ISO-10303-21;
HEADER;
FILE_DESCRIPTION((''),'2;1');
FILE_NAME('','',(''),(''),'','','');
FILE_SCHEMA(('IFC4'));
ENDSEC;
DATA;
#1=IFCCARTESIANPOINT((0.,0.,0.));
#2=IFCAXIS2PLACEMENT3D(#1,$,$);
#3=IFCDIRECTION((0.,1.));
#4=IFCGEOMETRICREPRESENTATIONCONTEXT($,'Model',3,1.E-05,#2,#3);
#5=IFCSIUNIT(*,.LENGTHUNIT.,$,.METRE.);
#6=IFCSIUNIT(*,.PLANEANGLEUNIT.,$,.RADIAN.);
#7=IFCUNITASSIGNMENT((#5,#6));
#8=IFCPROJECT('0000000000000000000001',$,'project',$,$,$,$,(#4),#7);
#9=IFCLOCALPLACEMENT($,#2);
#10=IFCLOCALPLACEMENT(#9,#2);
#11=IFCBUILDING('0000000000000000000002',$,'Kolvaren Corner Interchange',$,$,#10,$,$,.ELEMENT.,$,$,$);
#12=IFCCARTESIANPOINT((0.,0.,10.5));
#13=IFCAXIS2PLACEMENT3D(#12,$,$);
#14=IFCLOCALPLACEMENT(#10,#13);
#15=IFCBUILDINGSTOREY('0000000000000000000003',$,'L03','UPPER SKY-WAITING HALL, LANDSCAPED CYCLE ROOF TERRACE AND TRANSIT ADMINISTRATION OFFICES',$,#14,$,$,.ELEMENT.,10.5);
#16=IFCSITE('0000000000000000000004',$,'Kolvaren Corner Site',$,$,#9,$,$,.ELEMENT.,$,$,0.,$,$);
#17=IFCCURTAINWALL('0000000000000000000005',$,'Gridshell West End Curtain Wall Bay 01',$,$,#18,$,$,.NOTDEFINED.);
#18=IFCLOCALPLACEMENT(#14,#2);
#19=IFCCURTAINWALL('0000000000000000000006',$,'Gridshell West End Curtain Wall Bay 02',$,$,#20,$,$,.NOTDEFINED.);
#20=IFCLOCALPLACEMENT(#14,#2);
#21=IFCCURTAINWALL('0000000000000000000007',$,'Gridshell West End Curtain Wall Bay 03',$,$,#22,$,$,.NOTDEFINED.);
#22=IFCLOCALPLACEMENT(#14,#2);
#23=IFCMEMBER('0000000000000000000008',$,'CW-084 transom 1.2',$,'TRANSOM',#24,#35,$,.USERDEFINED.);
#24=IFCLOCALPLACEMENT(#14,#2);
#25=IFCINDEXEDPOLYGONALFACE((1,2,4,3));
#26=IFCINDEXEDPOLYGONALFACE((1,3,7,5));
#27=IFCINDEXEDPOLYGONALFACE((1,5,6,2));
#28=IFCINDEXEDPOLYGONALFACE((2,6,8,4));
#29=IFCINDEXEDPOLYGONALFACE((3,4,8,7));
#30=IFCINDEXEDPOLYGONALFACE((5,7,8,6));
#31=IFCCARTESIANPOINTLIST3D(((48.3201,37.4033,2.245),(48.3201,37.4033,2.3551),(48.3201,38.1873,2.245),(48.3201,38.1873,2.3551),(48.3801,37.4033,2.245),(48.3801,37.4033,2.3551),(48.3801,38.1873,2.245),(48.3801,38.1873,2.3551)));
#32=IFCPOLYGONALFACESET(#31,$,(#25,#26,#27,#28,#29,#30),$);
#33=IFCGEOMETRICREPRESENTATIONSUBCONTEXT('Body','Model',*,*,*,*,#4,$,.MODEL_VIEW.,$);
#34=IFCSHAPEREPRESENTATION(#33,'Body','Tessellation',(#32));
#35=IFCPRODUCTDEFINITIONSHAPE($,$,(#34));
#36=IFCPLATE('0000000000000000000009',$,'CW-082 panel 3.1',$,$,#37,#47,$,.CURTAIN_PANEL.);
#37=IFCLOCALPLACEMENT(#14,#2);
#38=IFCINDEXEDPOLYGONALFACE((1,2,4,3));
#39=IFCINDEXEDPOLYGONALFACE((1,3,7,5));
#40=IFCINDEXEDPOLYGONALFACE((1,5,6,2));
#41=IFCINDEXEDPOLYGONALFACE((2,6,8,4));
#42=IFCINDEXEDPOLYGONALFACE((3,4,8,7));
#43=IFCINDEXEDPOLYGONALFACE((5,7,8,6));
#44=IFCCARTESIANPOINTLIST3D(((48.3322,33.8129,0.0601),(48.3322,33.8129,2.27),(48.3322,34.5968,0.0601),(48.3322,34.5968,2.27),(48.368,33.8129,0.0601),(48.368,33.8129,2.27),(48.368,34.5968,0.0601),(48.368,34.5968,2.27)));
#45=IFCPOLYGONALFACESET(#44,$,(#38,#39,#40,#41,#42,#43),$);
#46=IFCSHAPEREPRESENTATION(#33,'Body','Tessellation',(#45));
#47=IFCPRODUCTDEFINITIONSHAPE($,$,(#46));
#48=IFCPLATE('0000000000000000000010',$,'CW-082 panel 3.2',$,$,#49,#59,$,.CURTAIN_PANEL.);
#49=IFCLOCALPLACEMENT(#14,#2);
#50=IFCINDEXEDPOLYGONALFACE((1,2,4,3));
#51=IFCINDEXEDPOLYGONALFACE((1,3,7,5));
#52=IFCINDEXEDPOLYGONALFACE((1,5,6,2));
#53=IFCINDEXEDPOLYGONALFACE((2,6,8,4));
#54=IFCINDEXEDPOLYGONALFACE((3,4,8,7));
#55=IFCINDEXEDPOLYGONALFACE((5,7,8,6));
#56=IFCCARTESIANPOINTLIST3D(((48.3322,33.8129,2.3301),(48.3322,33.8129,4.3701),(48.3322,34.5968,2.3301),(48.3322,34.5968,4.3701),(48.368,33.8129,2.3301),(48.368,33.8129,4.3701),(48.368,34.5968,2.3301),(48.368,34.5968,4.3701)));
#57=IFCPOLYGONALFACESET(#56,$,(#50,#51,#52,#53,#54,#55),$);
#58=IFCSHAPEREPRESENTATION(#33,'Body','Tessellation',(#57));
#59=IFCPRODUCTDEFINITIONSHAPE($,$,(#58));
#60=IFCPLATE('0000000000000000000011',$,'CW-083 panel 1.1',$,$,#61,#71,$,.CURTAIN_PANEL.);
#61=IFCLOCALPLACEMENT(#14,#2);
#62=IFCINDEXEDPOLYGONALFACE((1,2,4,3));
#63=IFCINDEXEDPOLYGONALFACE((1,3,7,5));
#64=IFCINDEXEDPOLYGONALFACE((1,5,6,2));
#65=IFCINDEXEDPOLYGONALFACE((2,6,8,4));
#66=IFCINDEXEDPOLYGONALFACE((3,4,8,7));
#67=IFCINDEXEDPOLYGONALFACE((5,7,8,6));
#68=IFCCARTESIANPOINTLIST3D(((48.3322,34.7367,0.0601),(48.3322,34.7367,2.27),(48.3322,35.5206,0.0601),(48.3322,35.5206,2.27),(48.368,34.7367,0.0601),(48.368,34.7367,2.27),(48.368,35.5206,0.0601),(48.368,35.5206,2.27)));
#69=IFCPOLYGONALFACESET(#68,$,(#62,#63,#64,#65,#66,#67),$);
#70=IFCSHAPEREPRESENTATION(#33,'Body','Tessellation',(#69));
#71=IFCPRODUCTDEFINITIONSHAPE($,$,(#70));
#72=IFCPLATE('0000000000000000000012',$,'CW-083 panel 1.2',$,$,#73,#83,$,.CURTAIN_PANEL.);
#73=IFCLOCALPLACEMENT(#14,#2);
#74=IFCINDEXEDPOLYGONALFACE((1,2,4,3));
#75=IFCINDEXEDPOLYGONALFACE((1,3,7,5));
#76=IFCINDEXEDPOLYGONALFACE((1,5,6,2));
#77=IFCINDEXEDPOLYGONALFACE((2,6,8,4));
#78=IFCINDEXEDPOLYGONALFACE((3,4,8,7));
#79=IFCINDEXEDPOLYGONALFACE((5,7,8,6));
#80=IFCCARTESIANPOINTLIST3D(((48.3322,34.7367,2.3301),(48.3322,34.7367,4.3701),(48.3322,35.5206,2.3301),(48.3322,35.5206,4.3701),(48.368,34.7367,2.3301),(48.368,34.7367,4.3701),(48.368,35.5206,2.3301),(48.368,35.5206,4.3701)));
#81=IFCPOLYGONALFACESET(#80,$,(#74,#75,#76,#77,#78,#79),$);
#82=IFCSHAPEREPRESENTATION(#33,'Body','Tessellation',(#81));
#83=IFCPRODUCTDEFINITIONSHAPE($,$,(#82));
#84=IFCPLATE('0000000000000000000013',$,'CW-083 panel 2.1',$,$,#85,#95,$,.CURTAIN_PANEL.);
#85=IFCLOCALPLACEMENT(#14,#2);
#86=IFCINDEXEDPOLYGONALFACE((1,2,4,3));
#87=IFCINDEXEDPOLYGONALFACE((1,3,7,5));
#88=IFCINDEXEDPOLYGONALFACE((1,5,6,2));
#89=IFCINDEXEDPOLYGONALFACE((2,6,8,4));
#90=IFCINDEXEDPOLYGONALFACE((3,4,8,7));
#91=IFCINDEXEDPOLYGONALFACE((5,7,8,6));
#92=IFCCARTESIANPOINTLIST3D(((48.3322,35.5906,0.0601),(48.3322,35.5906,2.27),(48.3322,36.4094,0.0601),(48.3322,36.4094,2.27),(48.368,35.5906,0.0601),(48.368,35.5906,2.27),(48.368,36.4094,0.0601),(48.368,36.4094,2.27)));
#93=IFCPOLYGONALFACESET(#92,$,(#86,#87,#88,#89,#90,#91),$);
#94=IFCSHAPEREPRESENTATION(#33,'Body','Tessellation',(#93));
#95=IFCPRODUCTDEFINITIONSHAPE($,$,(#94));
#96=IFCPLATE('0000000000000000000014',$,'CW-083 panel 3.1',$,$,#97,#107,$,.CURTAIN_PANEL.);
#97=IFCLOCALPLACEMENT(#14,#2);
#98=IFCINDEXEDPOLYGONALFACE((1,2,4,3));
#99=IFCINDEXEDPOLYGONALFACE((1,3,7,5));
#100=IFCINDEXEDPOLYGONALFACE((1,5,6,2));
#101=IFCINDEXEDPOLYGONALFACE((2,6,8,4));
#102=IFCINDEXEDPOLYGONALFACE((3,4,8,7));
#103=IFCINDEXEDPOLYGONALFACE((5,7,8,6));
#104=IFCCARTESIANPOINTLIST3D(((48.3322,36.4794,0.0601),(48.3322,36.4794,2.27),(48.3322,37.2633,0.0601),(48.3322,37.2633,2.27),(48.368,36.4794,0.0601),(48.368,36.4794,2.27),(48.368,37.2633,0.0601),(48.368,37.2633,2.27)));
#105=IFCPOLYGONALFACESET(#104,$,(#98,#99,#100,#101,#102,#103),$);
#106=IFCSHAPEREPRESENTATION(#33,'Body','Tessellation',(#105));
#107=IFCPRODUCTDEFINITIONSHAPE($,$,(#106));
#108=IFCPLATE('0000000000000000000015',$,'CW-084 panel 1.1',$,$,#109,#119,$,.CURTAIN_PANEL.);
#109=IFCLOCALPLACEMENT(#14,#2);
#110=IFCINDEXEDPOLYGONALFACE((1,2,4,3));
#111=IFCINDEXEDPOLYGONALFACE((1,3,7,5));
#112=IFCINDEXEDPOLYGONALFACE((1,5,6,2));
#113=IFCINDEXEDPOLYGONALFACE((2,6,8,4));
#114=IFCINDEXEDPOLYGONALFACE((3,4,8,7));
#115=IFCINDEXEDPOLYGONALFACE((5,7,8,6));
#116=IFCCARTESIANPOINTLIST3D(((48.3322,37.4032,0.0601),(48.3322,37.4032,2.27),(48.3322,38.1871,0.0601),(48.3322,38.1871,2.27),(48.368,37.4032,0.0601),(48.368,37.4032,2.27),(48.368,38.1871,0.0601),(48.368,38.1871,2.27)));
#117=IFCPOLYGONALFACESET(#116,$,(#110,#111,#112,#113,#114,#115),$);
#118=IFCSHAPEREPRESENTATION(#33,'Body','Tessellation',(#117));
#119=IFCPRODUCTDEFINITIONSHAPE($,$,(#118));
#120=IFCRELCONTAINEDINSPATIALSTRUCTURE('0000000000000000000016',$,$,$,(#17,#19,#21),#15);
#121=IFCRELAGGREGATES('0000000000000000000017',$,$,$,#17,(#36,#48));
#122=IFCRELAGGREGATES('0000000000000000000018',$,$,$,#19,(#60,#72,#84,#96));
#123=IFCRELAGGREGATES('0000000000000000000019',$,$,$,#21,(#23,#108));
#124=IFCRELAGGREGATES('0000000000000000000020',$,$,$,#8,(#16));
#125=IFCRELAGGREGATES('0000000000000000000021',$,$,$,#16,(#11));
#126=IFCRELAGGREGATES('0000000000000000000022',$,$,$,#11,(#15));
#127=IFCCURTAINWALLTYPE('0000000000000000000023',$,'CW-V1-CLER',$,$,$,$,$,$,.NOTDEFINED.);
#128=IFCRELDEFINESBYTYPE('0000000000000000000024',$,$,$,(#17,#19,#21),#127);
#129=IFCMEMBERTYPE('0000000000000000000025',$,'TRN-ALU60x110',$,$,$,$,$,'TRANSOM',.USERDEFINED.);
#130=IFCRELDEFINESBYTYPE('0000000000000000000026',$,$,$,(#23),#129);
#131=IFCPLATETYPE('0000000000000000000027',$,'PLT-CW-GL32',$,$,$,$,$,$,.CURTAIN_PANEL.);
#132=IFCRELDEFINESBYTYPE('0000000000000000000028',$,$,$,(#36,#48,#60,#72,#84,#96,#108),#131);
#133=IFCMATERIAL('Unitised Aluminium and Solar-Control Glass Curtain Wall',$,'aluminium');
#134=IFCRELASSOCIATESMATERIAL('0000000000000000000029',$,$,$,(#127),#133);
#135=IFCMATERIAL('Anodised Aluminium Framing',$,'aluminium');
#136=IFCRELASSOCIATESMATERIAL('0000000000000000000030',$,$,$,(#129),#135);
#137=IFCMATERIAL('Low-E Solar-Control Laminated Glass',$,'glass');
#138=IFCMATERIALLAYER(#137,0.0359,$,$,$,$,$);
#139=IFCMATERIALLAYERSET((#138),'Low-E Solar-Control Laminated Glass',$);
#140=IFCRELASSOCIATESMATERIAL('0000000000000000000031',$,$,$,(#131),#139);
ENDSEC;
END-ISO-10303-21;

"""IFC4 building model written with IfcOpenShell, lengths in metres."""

from ifc_helpers import new_model, si_unit, direction, frame, origin, origin_2d, place, context, subcontext, project, spatial, rectangle, extrude, material, layer, layer_set, material_profile, profile_set, type_object, element, aggregate, save


model = new_model("IFC4")

# Units and contexts
model_context = context("Model", 3, precision=1e-05, world=origin(), true_north=direction((0.0, 1.0)))
body_context = subcontext(model_context, "Body", "Model", "MODEL_VIEW")
ifc_project = project(units=[si_unit("LENGTHUNIT", "METRE"), si_unit("PLANEANGLEUNIT", "RADIAN")], contexts=[model_context])

# Site, building, storey
site_placement = place(None, origin())
site = spatial("IfcSite", under=ifc_project, at=site_placement, Name="Kolvaren Corner Site", CompositionType="ELEMENT", RefElevation=0.0)
building_placement = place(site_placement, origin())
building = spatial("IfcBuilding", under=site, at=building_placement, Name="Kolvaren Corner Interchange", CompositionType="ELEMENT")
storey_placement = place(building_placement, frame((0.0, 0.0, 10.5)))
storey = spatial("IfcBuildingStorey", under=building, at=storey_placement, Name="L03", Description="UPPER SKY-WAITING HALL, LANDSCAPED CYCLE ROOF TERRACE AND TRANSIT ADMINISTRATION OFFICES", CompositionType="ELEMENT", Elevation=10.5)

# Curtain wall
ifc_material_1 = material(Name="Unitised Aluminium and Solar-Control Glass Curtain Wall", Category="aluminium")
curtain_wall_type = type_object("IfcCurtainWallType", Name="CW-V1-CLER", PredefinedType="NOTDEFINED", material=ifc_material_1)
curtain_wall_1_placement = place(storey_placement, origin())
curtain_wall_1 = element("IfcCurtainWall", 1, at=curtain_wall_1_placement, inside=storey, type_object=curtain_wall_type, Name="Gridshell West End Curtain Wall Bay 01", PredefinedType="NOTDEFINED")

# Curtain wall
curtain_wall_2_placement = place(storey_placement, origin())
curtain_wall_2 = element("IfcCurtainWall", 2, at=curtain_wall_2_placement, inside=storey, type_object=curtain_wall_type, Name="Gridshell West End Curtain Wall Bay 02", PredefinedType="NOTDEFINED")

# Curtain wall
curtain_wall_3_placement = place(storey_placement, origin())
curtain_wall_3 = element("IfcCurtainWall", 3, at=curtain_wall_3_placement, inside=storey, type_object=curtain_wall_type, Name="Gridshell West End Curtain Wall Bay 03", PredefinedType="NOTDEFINED")

# Member
ifc_material_2 = material(Name="Anodised Aluminium Framing", Category="aluminium")
ifc_material_profile_1 = material_profile(ifc_material_2, rectangle(XDim=0.0601, YDim=0.1101, at=origin_2d()), Name="ALU 60x110")
ifc_profile_set_1 = profile_set([ifc_material_profile_1], Name="Anodised Aluminium Framing")
member_type_1 = type_object("IfcMemberType", Name="TRN-ALU60x110", ElementType="TRANSOM", PredefinedType="USERDEFINED", material=ifc_profile_set_1)
member_1_placement = place(storey_placement, frame((48.3501, 37.4033, 2.3), z_axis=(0.0, 1.0, 0.0), x_axis=(-1.0, 0.0, 0.0)))
member_1 = element("IfcMember", 4, at=member_1_placement, type_object=member_type_1, Name="CW-084 transom 1.2", ObjectType="TRANSOM", PredefinedType="USERDEFINED", context=body_context, shape_type="SweptSolid", body=[
    extrude(rectangle(XDim=0.0601, YDim=0.1101, at=origin_2d()), origin(), (0.0, 0.0, 1.0), 0.7839),
])

# Plates
ifc_material_3 = material(Name="Low-E Solar-Control Laminated Glass", Category="glass")
ifc_layer = layer(ifc_material_3, 0.0359)
ifc_layer_set = layer_set([ifc_layer], Name="Low-E Solar-Control Laminated Glass")
plate_type = type_object("IfcPlateType", Name="PLT-CW-GL32", PredefinedType="CURTAIN_PANEL", material=ifc_layer_set)
plate_1_placement = place(storey_placement, frame((48.3501, 34.2048, 0.0601), z_axis=(0.0, 0.0, 1.0), x_axis=(0.0, 1.0, 0.0)))
plate_1 = element("IfcPlate", 5, at=plate_1_placement, type_object=plate_type, Name="CW-082 panel 3.1", PredefinedType="CURTAIN_PANEL", context=body_context, shape_type="SweptSolid", body=[
    extrude(rectangle(XDim=0.7839, YDim=0.0359, at=origin_2d()), origin(), (0.0, 0.0, 1.0), 2.21),
])
plate_2_placement = place(storey_placement, frame((48.3501, 34.2048, 2.3301), z_axis=(0.0, 0.0, 1.0), x_axis=(0.0, 1.0, 0.0)))
plate_2 = element("IfcPlate", 6, at=plate_2_placement, type_object=plate_type, Name="CW-082 panel 3.2", PredefinedType="CURTAIN_PANEL", context=body_context, shape_type="SweptSolid", body=[
    extrude(rectangle(XDim=0.7839, YDim=0.0359, at=origin_2d()), origin(), (0.0, 0.0, 1.0), 2.04),
])
aggregate(curtain_wall_1, [plate_1, plate_2])
plate_3_placement = place(storey_placement, frame((48.3501, 35.1287, 0.0601), z_axis=(0.0, 0.0, 1.0), x_axis=(0.0, 1.0, 0.0)))
plate_3 = element("IfcPlate", 7, at=plate_3_placement, type_object=plate_type, Name="CW-083 panel 1.1", PredefinedType="CURTAIN_PANEL", context=body_context, shape_type="SweptSolid", body=[
    extrude(rectangle(XDim=0.7839, YDim=0.0359, at=origin_2d()), origin(), (0.0, 0.0, 1.0), 2.21),
])
plate_4_placement = place(storey_placement, frame((48.3501, 35.1287, 2.3301), z_axis=(0.0, 0.0, 1.0), x_axis=(0.0, 1.0, 0.0)))
plate_4 = element("IfcPlate", 8, at=plate_4_placement, type_object=plate_type, Name="CW-083 panel 1.2", PredefinedType="CURTAIN_PANEL", context=body_context, shape_type="SweptSolid", body=[
    extrude(rectangle(XDim=0.7839, YDim=0.0359, at=origin_2d()), origin(), (0.0, 0.0, 1.0), 2.04),
])
plate_5_placement = place(storey_placement, frame((48.3501, 36.0, 0.0601), z_axis=(0.0, 0.0, 1.0), x_axis=(0.0, 1.0, 0.0)))
plate_5 = element("IfcPlate", 9, at=plate_5_placement, type_object=plate_type, Name="CW-083 panel 2.1", PredefinedType="CURTAIN_PANEL", context=body_context, shape_type="SweptSolid", body=[
    extrude(rectangle(XDim=0.8188, YDim=0.0359, at=origin_2d()), origin(), (0.0, 0.0, 1.0), 2.21),
])
plate_6_placement = place(storey_placement, frame((48.3501, 36.8713, 0.0601), z_axis=(0.0, 0.0, 1.0), x_axis=(0.0, 1.0, 0.0)))
plate_6 = element("IfcPlate", 10, at=plate_6_placement, type_object=plate_type, Name="CW-083 panel 3.1", PredefinedType="CURTAIN_PANEL", context=body_context, shape_type="SweptSolid", body=[
    extrude(rectangle(XDim=0.7839, YDim=0.0359, at=origin_2d()), origin(), (0.0, 0.0, 1.0), 2.21),
])
aggregate(curtain_wall_2, [plate_3, plate_4, plate_5, plate_6])
plate_7_placement = place(storey_placement, frame((48.3501, 37.7952, 0.0601), z_axis=(0.0, 0.0, 1.0), x_axis=(0.0, 1.0, 0.0)))
plate_7 = element("IfcPlate", 11, at=plate_7_placement, type_object=plate_type, Name="CW-084 panel 1.1", PredefinedType="CURTAIN_PANEL", context=body_context, shape_type="SweptSolid", body=[
    extrude(rectangle(XDim=0.7839, YDim=0.0359, at=origin_2d()), origin(), (0.0, 0.0, 1.0), 2.21),
])
aggregate(curtain_wall_3, [member_1, plate_7])

save(model, "model.ifc")
